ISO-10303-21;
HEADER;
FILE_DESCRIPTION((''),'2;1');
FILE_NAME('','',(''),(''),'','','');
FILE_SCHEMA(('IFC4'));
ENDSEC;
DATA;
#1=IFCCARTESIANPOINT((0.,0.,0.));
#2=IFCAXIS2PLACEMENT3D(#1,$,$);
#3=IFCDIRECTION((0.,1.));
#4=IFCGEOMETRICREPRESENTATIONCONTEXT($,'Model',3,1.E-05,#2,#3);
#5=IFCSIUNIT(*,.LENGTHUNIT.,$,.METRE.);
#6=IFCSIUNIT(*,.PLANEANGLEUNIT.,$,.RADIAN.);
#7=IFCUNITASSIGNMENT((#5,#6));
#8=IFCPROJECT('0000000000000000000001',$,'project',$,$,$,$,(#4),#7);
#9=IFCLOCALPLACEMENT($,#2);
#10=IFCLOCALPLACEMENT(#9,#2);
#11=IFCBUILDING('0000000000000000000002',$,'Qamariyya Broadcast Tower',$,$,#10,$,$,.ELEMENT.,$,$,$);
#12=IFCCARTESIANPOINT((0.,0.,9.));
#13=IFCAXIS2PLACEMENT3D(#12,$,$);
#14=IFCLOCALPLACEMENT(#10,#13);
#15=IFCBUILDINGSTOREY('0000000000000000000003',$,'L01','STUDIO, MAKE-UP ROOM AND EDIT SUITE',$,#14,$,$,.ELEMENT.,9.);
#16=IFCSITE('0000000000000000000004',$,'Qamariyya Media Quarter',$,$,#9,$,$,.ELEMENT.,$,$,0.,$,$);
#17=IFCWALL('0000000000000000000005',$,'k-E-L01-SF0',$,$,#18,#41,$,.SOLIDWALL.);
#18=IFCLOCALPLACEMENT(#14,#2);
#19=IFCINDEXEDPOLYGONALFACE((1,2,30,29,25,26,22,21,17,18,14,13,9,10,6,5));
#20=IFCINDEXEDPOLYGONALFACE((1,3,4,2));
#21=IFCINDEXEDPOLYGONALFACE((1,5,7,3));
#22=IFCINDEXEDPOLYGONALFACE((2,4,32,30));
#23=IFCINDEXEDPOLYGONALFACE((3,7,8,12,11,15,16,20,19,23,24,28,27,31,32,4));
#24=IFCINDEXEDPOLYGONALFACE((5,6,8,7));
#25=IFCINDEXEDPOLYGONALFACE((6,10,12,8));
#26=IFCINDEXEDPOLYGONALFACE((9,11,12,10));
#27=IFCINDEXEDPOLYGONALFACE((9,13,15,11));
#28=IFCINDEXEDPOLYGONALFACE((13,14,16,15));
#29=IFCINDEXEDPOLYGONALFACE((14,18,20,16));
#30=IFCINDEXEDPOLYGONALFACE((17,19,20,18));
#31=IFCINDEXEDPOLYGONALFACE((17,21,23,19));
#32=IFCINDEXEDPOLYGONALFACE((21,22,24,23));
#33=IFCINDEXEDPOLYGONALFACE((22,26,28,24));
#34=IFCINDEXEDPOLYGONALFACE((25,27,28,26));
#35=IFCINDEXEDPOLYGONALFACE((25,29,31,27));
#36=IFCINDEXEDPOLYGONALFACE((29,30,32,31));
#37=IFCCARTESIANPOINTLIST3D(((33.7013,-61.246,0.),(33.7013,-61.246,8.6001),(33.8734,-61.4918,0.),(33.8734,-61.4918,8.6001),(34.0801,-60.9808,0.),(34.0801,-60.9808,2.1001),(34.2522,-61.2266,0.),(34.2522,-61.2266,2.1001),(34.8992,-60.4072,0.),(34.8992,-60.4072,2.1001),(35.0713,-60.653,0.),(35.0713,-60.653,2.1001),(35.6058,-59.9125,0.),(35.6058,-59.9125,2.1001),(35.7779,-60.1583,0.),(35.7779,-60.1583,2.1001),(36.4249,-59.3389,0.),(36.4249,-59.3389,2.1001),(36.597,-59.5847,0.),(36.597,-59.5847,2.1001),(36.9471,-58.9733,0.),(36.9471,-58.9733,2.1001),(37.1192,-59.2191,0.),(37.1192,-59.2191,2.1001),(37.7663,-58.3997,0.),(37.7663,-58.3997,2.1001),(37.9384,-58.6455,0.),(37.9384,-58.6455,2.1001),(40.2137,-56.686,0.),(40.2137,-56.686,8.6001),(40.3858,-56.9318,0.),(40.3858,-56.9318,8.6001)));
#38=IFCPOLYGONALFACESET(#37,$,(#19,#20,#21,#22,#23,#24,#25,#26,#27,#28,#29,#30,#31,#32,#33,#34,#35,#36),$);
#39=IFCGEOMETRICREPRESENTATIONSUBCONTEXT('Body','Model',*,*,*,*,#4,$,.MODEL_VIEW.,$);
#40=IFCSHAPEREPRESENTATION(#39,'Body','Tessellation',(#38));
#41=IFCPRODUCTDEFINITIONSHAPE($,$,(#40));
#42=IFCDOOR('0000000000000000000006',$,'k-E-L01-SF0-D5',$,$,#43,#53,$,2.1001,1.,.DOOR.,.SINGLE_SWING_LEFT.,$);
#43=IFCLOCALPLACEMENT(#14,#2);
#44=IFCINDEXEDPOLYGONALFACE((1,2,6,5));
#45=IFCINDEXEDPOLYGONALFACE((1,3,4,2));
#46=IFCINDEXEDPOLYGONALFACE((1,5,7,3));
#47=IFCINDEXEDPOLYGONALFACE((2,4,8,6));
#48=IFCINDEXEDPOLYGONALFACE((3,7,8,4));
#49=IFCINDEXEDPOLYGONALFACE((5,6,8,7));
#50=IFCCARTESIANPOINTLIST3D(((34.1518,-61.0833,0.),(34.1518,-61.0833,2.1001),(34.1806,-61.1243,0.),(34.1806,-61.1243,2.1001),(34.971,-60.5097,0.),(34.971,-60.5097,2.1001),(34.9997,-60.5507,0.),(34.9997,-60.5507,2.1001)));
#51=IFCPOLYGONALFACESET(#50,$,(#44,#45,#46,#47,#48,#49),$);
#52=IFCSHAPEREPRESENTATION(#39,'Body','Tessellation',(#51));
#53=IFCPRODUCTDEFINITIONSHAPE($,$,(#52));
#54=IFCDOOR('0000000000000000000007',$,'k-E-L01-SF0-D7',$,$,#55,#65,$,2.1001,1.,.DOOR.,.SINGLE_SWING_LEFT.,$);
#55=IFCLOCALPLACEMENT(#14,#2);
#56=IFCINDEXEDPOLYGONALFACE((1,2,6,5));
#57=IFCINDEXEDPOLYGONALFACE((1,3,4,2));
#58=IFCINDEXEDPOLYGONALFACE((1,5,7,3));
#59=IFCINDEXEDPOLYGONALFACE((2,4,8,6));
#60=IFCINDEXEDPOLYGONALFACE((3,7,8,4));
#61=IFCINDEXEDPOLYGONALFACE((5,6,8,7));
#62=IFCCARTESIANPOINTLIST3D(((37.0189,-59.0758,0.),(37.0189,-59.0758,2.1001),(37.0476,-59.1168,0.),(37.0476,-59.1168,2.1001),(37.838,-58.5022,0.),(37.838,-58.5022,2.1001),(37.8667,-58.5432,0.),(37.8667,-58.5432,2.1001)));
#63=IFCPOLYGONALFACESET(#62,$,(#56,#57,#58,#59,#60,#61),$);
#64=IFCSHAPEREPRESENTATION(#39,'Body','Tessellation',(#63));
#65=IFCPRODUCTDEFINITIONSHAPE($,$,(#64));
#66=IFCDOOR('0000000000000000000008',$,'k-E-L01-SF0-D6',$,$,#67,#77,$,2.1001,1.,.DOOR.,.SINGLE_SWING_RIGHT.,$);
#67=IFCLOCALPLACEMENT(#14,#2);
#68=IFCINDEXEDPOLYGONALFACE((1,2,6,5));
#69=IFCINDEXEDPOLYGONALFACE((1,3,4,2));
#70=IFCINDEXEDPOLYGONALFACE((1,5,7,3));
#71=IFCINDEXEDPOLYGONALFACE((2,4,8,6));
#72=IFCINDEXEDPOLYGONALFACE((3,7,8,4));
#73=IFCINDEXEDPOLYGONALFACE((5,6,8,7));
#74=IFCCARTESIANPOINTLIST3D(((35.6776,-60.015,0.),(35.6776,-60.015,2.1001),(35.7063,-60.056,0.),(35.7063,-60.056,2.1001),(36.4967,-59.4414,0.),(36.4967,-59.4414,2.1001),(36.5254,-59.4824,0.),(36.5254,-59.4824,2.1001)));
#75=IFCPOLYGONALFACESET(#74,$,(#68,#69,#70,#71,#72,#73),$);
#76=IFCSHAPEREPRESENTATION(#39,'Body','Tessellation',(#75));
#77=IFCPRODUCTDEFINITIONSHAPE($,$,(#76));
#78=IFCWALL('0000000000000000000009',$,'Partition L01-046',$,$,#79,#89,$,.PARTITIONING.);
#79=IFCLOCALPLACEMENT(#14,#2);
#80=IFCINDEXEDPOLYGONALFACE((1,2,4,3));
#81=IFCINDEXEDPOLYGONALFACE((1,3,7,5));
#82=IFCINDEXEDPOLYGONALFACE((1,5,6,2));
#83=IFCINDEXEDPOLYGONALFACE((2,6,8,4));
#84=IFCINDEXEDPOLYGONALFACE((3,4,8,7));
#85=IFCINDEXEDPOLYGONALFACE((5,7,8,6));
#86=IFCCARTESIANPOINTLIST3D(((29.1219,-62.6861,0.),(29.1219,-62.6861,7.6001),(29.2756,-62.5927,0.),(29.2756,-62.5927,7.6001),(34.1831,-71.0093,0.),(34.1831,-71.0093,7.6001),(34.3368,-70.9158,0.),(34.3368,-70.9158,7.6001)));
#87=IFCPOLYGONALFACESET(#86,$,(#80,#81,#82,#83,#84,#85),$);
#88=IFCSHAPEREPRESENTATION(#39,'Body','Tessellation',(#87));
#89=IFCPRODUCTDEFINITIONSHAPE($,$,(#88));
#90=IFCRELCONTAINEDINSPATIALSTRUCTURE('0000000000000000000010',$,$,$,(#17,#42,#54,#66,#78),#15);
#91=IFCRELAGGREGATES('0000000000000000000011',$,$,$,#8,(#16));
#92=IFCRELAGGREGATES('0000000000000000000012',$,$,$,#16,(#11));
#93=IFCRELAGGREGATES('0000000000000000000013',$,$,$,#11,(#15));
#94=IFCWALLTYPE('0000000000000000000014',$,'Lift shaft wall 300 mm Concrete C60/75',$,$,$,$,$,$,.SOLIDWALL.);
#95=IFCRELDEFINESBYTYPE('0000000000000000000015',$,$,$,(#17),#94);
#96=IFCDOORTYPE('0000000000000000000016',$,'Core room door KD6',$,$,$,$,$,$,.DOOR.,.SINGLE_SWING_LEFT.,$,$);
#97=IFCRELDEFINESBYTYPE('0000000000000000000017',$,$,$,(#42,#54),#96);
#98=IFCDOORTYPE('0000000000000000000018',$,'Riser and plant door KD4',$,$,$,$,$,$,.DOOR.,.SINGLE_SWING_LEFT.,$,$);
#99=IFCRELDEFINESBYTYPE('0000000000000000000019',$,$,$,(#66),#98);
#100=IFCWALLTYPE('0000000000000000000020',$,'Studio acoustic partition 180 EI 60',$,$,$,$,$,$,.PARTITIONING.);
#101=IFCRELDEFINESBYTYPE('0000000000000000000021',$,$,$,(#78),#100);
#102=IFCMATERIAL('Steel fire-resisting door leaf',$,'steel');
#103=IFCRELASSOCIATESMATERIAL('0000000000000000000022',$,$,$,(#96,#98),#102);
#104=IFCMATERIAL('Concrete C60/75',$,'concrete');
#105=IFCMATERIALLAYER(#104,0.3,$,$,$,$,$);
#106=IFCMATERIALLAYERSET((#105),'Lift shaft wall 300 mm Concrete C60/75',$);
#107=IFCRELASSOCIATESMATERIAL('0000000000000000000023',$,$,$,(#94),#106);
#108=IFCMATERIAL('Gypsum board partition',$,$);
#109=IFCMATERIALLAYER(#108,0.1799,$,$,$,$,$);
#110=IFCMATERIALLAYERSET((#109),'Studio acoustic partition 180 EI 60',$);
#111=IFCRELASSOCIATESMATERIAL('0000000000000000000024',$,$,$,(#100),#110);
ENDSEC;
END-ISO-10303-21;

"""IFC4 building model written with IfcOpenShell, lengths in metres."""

from ifc_helpers import new_model, si_unit, direction, frame, frame_2d, origin, place, context, subcontext, project, spatial, rectangle, extrude, material, layer, layer_set, type_object, element, fill, save


model = new_model("IFC4")

# Units and contexts
model_context = context("Model", 3, precision=1e-05, world=origin(), true_north=direction((0.0, 1.0)))
body_context = subcontext(model_context, "Body", "Model", "MODEL_VIEW")
ifc_project = project(units=[si_unit("LENGTHUNIT", "METRE"), si_unit("PLANEANGLEUNIT", "RADIAN")], contexts=[model_context])

# Site, building, storey
site_placement = place(None, origin())
site = spatial("IfcSite", under=ifc_project, at=site_placement, Name="Qamariyya Media Quarter", CompositionType="ELEMENT", RefElevation=0.0)
building_placement = place(site_placement, origin())
building = spatial("IfcBuilding", under=site, at=building_placement, Name="Qamariyya Broadcast Tower", CompositionType="ELEMENT")
storey_placement = place(building_placement, frame((0.0, 0.0, 9.0)))
storey = spatial("IfcBuildingStorey", under=building, at=storey_placement, Name="L01", Description="STUDIO, MAKE-UP ROOM AND EDIT SUITE", CompositionType="ELEMENT", Elevation=9.0)

# Shared definitions
ifc_material_1 = material(Name="Steel fire-resisting door leaf", Category="steel")
door_type_1 = type_object("IfcDoorType", Name="Core room door KD6", OperationType="SINGLE_SWING_LEFT", PredefinedType="DOOR", material=ifc_material_1)

# Shared definitions
ifc_material_2 = material(Name="Gypsum board partition")

# Shared definitions
ifc_material_3 = material(Name="Concrete C60/75", Category="concrete")
ifc_layer_1 = layer(ifc_material_3, 0.3)
ifc_layer_set_1 = layer_set([ifc_layer_1], Name="Lift shaft wall 300 mm Concrete C60/75")
wall_type_1 = type_object("IfcWallType", Name="Lift shaft wall 300 mm Concrete C60/75", PredefinedType="SOLIDWALL", material=ifc_layer_set_1)

# Wall, openings, doors
wall_1_placement = place(storey_placement, frame((33.7874, -61.3689, 0.0), z_axis=(0.0, 0.0, 1.0), x_axis=(0.819153, 0.573576, 0.0)))
wall_1 = element("IfcWall", 1, at=wall_1_placement, inside=storey, type_object=wall_type_1, Name="k-E-L01-SF0", PredefinedType="SOLIDWALL", context=body_context, shape_type="SweptSolid", body=[
    extrude(rectangle(XDim=7.9502, YDim=0.3, at=frame_2d((3.9751, 0.0))), origin(), (0.0, 0.0, 1.0), 8.6001),
])
opening_1_placement = place(wall_1_placement, frame((0.4624, 0.0, 0.0)))
opening_1 = element("IfcOpeningElement", 2, at=opening_1_placement, cuts=wall_1, PredefinedType="OPENING", context=body_context, shape_type="SweptSolid", body=[
    extrude(rectangle(XDim=1.0, YDim=2.1001, at=frame_2d((0.5, 1.05))), frame((0.0, 0.1599, 0.0), z_axis=(0.0, -1.0, 0.0), x_axis=(1.0, 0.0, 0.0)), (0.0, 0.0, 1.0), 0.3201),
])
opening_2_placement = place(wall_1_placement, frame((2.325, 0.0, 0.0)))
opening_2 = element("IfcOpeningElement", 3, at=opening_2_placement, cuts=wall_1, PredefinedType="OPENING", context=body_context, shape_type="SweptSolid", body=[
    extrude(rectangle(XDim=1.0, YDim=2.1001, at=frame_2d((0.5, 1.05))), frame((0.0, 0.1599, 0.0), z_axis=(0.0, -1.0, 0.0), x_axis=(1.0, 0.0, 0.0)), (0.0, 0.0, 1.0), 0.3201),
])
opening_3_placement = place(wall_1_placement, frame((3.9624, 0.0, 0.0)))
opening_3 = element("IfcOpeningElement", 4, at=opening_3_placement, cuts=wall_1, PredefinedType="OPENING", context=body_context, shape_type="SweptSolid", body=[
    extrude(rectangle(XDim=1.0, YDim=2.1001, at=frame_2d((0.5, 1.05))), frame((0.0, 0.1599, 0.0), z_axis=(0.0, -1.0, 0.0), x_axis=(1.0, 0.0, 0.0)), (0.0, 0.0, 1.0), 0.3201),
])
door_1_placement = place(opening_1_placement, origin())
door_1 = element("IfcDoor", 5, at=door_1_placement, inside=storey, type_object=door_type_1, Name="k-E-L01-SF0-D5", OperationType="SINGLE_SWING_LEFT", OverallHeight=2.1001, OverallWidth=1.0, PredefinedType="DOOR", context=body_context, shape_type="SweptSolid", body=[
    extrude(rectangle(XDim=1.0, YDim=2.1001, at=frame_2d((0.5, 1.05))), frame((0.0, 0.0249, 0.0), z_axis=(0.0, -1.0, 0.0), x_axis=(1.0, 0.0, 0.0)), (0.0, 0.0, 1.0), 0.05),
])
fill(opening_1, door_1)
door_2_placement = place(opening_3_placement, origin())
door_2 = element("IfcDoor", 6, at=door_2_placement, inside=storey, type_object=door_type_1, Name="k-E-L01-SF0-D7", OperationType="SINGLE_SWING_LEFT", OverallHeight=2.1001, OverallWidth=1.0, PredefinedType="DOOR", context=body_context, shape_type="SweptSolid", body=[
    extrude(rectangle(XDim=1.0, YDim=2.1001, at=frame_2d((0.5, 1.05))), frame((0.0, 0.0249, 0.0), z_axis=(0.0, -1.0, 0.0), x_axis=(1.0, 0.0, 0.0)), (0.0, 0.0, 1.0), 0.05),
])
fill(opening_3, door_2)
door_type_2 = type_object("IfcDoorType", Name="Riser and plant door KD4", OperationType="SINGLE_SWING_LEFT", PredefinedType="DOOR", material=ifc_material_1)
door_3_placement = place(opening_2_placement, origin())
door_3 = element("IfcDoor", 7, at=door_3_placement, inside=storey, type_object=door_type_2, Name="k-E-L01-SF0-D6", OperationType="SINGLE_SWING_RIGHT", OverallHeight=2.1001, OverallWidth=1.0, PredefinedType="DOOR", context=body_context, shape_type="SweptSolid", body=[
    extrude(rectangle(XDim=1.0, YDim=2.1001, at=frame_2d((0.5, 1.05))), frame((0.0, 0.0249, 0.0), z_axis=(0.0, -1.0, 0.0), x_axis=(1.0, 0.0, 0.0)), (0.0, 0.0, 1.0), 0.05),
])
fill(opening_2, door_3)

# Wall
ifc_layer_2 = layer(ifc_material_2, 0.1799)
ifc_layer_set_2 = layer_set([ifc_layer_2], Name="Studio acoustic partition 180 EI 60")
wall_type_2 = type_object("IfcWallType", Name="Studio acoustic partition 180 EI 60", PredefinedType="PARTITIONING", material=ifc_layer_set_2)
wall_2_placement = place(storey_placement, frame((29.1987, -62.6394, 0.0), z_axis=(0.0, 0.0, 1.0), x_axis=(0.519569, -0.854428, 0.0)))
element("IfcWall", 8, at=wall_2_placement, inside=storey, type_object=wall_type_2, Name="Partition L01-046", PredefinedType="PARTITIONING", context=body_context, shape_type="SweptSolid", body=[
    extrude(rectangle(XDim=9.7412, YDim=0.1799, at=frame_2d((4.8706, 0.0))), origin(), (0.0, 0.0, 1.0), 7.6001),
])

save(model, "model.ifc")
